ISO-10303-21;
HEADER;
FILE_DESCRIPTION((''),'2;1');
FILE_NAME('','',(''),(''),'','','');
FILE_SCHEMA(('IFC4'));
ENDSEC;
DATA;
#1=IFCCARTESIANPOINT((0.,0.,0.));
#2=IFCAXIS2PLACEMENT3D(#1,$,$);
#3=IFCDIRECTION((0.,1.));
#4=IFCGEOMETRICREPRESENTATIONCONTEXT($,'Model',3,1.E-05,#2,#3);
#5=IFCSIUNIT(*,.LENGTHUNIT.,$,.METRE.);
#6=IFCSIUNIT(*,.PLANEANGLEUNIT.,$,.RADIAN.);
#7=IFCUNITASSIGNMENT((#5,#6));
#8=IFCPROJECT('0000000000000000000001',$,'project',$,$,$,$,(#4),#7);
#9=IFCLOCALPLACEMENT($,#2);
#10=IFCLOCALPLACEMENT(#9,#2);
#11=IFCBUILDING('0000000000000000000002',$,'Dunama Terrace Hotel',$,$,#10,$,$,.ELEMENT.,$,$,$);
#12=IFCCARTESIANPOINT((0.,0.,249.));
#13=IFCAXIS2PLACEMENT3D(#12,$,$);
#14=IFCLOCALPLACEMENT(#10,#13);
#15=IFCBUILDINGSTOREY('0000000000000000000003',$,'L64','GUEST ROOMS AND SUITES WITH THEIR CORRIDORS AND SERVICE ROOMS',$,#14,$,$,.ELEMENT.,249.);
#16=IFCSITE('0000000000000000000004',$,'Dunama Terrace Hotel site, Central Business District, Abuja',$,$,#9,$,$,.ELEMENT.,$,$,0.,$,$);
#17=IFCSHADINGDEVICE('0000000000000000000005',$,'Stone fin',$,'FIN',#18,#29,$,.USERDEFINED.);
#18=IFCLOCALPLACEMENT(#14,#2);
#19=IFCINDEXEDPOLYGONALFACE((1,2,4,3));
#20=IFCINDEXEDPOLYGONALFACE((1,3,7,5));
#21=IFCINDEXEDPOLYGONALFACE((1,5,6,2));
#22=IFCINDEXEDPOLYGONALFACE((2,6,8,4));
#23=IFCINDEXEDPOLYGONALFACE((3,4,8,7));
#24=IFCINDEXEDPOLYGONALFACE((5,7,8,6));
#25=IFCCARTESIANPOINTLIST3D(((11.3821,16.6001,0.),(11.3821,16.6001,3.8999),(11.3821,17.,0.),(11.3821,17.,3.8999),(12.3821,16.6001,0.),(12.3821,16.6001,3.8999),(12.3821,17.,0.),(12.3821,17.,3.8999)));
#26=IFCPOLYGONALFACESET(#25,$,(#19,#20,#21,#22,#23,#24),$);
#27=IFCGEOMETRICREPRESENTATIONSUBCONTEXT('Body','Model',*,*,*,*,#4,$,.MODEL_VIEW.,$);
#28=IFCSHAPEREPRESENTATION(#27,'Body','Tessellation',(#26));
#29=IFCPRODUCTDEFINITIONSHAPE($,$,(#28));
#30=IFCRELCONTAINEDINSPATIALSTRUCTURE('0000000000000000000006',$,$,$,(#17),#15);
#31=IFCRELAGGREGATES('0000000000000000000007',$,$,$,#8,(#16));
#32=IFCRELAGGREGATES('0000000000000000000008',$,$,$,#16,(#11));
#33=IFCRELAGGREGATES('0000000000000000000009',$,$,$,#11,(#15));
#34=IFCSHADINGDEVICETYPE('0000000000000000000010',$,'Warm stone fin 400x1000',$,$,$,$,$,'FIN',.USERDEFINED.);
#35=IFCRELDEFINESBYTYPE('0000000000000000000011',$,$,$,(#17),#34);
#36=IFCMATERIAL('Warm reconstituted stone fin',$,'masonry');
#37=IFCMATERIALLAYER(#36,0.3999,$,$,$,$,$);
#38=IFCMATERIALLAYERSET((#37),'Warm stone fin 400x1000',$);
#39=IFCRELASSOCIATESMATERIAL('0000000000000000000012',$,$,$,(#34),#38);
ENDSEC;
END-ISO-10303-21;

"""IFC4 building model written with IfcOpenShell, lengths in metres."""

from ifc_helpers import new_model, si_unit, direction, frame, origin, origin_2d, place, context, subcontext, project, spatial, rectangle, extrude, material, layer, layer_set, type_object, element, save


model = new_model("IFC4")

# Units and contexts
model_context = context("Model", 3, precision=1e-05, world=origin(), true_north=direction((0.0, 1.0)))
body_context = subcontext(model_context, "Body", "Model", "MODEL_VIEW")
ifc_project = project(units=[si_unit("LENGTHUNIT", "METRE"), si_unit("PLANEANGLEUNIT", "RADIAN")], contexts=[model_context])

# Site, building, storey
site_placement = place(None, origin())
site = spatial("IfcSite", under=ifc_project, at=site_placement, Name="Dunama Terrace Hotel site, Central Business District, Abuja", CompositionType="ELEMENT", RefElevation=0.0)
building_placement = place(site_placement, origin())
building = spatial("IfcBuilding", under=site, at=building_placement, Name="Dunama Terrace Hotel", CompositionType="ELEMENT")
storey_placement = place(building_placement, frame((0.0, 0.0, 249.0)))
storey = spatial("IfcBuildingStorey", under=building, at=storey_placement, Name="L64", Description="GUEST ROOMS AND SUITES WITH THEIR CORRIDORS AND SERVICE ROOMS", CompositionType="ELEMENT", Elevation=249.0)

# Shading device
ifc_material_1 = material(Name="Warm reconstituted stone fin", Category="masonry")
ifc_layer_1 = layer(ifc_material_1, 0.3999)
ifc_layer_set_1 = layer_set([ifc_layer_1], Name="Warm stone fin 400x1000")
shading_device_type = type_object("IfcShadingDeviceType", Name="Warm stone fin 400x1000", ElementType="FIN", PredefinedType="USERDEFINED", material=ifc_layer_set_1)
shading_device_placement = place(storey_placement, frame((11.8821, 16.8, 0.0), z_axis=(0.0, 0.0, 1.0), x_axis=(0.0, -1.0, 0.0)))
element("IfcShadingDevice", 1, at=shading_device_placement, inside=storey, type_object=shading_device_type, Name="Stone fin", ObjectType="FIN", PredefinedType="USERDEFINED", context=body_context, shape_type="SweptSolid", body=[
    extrude(rectangle(XDim=0.3999, YDim=1.0, at=origin_2d()), origin(), (0.0, 0.0, 1.0), 3.8999),
])

save(model, "model.ifc")
